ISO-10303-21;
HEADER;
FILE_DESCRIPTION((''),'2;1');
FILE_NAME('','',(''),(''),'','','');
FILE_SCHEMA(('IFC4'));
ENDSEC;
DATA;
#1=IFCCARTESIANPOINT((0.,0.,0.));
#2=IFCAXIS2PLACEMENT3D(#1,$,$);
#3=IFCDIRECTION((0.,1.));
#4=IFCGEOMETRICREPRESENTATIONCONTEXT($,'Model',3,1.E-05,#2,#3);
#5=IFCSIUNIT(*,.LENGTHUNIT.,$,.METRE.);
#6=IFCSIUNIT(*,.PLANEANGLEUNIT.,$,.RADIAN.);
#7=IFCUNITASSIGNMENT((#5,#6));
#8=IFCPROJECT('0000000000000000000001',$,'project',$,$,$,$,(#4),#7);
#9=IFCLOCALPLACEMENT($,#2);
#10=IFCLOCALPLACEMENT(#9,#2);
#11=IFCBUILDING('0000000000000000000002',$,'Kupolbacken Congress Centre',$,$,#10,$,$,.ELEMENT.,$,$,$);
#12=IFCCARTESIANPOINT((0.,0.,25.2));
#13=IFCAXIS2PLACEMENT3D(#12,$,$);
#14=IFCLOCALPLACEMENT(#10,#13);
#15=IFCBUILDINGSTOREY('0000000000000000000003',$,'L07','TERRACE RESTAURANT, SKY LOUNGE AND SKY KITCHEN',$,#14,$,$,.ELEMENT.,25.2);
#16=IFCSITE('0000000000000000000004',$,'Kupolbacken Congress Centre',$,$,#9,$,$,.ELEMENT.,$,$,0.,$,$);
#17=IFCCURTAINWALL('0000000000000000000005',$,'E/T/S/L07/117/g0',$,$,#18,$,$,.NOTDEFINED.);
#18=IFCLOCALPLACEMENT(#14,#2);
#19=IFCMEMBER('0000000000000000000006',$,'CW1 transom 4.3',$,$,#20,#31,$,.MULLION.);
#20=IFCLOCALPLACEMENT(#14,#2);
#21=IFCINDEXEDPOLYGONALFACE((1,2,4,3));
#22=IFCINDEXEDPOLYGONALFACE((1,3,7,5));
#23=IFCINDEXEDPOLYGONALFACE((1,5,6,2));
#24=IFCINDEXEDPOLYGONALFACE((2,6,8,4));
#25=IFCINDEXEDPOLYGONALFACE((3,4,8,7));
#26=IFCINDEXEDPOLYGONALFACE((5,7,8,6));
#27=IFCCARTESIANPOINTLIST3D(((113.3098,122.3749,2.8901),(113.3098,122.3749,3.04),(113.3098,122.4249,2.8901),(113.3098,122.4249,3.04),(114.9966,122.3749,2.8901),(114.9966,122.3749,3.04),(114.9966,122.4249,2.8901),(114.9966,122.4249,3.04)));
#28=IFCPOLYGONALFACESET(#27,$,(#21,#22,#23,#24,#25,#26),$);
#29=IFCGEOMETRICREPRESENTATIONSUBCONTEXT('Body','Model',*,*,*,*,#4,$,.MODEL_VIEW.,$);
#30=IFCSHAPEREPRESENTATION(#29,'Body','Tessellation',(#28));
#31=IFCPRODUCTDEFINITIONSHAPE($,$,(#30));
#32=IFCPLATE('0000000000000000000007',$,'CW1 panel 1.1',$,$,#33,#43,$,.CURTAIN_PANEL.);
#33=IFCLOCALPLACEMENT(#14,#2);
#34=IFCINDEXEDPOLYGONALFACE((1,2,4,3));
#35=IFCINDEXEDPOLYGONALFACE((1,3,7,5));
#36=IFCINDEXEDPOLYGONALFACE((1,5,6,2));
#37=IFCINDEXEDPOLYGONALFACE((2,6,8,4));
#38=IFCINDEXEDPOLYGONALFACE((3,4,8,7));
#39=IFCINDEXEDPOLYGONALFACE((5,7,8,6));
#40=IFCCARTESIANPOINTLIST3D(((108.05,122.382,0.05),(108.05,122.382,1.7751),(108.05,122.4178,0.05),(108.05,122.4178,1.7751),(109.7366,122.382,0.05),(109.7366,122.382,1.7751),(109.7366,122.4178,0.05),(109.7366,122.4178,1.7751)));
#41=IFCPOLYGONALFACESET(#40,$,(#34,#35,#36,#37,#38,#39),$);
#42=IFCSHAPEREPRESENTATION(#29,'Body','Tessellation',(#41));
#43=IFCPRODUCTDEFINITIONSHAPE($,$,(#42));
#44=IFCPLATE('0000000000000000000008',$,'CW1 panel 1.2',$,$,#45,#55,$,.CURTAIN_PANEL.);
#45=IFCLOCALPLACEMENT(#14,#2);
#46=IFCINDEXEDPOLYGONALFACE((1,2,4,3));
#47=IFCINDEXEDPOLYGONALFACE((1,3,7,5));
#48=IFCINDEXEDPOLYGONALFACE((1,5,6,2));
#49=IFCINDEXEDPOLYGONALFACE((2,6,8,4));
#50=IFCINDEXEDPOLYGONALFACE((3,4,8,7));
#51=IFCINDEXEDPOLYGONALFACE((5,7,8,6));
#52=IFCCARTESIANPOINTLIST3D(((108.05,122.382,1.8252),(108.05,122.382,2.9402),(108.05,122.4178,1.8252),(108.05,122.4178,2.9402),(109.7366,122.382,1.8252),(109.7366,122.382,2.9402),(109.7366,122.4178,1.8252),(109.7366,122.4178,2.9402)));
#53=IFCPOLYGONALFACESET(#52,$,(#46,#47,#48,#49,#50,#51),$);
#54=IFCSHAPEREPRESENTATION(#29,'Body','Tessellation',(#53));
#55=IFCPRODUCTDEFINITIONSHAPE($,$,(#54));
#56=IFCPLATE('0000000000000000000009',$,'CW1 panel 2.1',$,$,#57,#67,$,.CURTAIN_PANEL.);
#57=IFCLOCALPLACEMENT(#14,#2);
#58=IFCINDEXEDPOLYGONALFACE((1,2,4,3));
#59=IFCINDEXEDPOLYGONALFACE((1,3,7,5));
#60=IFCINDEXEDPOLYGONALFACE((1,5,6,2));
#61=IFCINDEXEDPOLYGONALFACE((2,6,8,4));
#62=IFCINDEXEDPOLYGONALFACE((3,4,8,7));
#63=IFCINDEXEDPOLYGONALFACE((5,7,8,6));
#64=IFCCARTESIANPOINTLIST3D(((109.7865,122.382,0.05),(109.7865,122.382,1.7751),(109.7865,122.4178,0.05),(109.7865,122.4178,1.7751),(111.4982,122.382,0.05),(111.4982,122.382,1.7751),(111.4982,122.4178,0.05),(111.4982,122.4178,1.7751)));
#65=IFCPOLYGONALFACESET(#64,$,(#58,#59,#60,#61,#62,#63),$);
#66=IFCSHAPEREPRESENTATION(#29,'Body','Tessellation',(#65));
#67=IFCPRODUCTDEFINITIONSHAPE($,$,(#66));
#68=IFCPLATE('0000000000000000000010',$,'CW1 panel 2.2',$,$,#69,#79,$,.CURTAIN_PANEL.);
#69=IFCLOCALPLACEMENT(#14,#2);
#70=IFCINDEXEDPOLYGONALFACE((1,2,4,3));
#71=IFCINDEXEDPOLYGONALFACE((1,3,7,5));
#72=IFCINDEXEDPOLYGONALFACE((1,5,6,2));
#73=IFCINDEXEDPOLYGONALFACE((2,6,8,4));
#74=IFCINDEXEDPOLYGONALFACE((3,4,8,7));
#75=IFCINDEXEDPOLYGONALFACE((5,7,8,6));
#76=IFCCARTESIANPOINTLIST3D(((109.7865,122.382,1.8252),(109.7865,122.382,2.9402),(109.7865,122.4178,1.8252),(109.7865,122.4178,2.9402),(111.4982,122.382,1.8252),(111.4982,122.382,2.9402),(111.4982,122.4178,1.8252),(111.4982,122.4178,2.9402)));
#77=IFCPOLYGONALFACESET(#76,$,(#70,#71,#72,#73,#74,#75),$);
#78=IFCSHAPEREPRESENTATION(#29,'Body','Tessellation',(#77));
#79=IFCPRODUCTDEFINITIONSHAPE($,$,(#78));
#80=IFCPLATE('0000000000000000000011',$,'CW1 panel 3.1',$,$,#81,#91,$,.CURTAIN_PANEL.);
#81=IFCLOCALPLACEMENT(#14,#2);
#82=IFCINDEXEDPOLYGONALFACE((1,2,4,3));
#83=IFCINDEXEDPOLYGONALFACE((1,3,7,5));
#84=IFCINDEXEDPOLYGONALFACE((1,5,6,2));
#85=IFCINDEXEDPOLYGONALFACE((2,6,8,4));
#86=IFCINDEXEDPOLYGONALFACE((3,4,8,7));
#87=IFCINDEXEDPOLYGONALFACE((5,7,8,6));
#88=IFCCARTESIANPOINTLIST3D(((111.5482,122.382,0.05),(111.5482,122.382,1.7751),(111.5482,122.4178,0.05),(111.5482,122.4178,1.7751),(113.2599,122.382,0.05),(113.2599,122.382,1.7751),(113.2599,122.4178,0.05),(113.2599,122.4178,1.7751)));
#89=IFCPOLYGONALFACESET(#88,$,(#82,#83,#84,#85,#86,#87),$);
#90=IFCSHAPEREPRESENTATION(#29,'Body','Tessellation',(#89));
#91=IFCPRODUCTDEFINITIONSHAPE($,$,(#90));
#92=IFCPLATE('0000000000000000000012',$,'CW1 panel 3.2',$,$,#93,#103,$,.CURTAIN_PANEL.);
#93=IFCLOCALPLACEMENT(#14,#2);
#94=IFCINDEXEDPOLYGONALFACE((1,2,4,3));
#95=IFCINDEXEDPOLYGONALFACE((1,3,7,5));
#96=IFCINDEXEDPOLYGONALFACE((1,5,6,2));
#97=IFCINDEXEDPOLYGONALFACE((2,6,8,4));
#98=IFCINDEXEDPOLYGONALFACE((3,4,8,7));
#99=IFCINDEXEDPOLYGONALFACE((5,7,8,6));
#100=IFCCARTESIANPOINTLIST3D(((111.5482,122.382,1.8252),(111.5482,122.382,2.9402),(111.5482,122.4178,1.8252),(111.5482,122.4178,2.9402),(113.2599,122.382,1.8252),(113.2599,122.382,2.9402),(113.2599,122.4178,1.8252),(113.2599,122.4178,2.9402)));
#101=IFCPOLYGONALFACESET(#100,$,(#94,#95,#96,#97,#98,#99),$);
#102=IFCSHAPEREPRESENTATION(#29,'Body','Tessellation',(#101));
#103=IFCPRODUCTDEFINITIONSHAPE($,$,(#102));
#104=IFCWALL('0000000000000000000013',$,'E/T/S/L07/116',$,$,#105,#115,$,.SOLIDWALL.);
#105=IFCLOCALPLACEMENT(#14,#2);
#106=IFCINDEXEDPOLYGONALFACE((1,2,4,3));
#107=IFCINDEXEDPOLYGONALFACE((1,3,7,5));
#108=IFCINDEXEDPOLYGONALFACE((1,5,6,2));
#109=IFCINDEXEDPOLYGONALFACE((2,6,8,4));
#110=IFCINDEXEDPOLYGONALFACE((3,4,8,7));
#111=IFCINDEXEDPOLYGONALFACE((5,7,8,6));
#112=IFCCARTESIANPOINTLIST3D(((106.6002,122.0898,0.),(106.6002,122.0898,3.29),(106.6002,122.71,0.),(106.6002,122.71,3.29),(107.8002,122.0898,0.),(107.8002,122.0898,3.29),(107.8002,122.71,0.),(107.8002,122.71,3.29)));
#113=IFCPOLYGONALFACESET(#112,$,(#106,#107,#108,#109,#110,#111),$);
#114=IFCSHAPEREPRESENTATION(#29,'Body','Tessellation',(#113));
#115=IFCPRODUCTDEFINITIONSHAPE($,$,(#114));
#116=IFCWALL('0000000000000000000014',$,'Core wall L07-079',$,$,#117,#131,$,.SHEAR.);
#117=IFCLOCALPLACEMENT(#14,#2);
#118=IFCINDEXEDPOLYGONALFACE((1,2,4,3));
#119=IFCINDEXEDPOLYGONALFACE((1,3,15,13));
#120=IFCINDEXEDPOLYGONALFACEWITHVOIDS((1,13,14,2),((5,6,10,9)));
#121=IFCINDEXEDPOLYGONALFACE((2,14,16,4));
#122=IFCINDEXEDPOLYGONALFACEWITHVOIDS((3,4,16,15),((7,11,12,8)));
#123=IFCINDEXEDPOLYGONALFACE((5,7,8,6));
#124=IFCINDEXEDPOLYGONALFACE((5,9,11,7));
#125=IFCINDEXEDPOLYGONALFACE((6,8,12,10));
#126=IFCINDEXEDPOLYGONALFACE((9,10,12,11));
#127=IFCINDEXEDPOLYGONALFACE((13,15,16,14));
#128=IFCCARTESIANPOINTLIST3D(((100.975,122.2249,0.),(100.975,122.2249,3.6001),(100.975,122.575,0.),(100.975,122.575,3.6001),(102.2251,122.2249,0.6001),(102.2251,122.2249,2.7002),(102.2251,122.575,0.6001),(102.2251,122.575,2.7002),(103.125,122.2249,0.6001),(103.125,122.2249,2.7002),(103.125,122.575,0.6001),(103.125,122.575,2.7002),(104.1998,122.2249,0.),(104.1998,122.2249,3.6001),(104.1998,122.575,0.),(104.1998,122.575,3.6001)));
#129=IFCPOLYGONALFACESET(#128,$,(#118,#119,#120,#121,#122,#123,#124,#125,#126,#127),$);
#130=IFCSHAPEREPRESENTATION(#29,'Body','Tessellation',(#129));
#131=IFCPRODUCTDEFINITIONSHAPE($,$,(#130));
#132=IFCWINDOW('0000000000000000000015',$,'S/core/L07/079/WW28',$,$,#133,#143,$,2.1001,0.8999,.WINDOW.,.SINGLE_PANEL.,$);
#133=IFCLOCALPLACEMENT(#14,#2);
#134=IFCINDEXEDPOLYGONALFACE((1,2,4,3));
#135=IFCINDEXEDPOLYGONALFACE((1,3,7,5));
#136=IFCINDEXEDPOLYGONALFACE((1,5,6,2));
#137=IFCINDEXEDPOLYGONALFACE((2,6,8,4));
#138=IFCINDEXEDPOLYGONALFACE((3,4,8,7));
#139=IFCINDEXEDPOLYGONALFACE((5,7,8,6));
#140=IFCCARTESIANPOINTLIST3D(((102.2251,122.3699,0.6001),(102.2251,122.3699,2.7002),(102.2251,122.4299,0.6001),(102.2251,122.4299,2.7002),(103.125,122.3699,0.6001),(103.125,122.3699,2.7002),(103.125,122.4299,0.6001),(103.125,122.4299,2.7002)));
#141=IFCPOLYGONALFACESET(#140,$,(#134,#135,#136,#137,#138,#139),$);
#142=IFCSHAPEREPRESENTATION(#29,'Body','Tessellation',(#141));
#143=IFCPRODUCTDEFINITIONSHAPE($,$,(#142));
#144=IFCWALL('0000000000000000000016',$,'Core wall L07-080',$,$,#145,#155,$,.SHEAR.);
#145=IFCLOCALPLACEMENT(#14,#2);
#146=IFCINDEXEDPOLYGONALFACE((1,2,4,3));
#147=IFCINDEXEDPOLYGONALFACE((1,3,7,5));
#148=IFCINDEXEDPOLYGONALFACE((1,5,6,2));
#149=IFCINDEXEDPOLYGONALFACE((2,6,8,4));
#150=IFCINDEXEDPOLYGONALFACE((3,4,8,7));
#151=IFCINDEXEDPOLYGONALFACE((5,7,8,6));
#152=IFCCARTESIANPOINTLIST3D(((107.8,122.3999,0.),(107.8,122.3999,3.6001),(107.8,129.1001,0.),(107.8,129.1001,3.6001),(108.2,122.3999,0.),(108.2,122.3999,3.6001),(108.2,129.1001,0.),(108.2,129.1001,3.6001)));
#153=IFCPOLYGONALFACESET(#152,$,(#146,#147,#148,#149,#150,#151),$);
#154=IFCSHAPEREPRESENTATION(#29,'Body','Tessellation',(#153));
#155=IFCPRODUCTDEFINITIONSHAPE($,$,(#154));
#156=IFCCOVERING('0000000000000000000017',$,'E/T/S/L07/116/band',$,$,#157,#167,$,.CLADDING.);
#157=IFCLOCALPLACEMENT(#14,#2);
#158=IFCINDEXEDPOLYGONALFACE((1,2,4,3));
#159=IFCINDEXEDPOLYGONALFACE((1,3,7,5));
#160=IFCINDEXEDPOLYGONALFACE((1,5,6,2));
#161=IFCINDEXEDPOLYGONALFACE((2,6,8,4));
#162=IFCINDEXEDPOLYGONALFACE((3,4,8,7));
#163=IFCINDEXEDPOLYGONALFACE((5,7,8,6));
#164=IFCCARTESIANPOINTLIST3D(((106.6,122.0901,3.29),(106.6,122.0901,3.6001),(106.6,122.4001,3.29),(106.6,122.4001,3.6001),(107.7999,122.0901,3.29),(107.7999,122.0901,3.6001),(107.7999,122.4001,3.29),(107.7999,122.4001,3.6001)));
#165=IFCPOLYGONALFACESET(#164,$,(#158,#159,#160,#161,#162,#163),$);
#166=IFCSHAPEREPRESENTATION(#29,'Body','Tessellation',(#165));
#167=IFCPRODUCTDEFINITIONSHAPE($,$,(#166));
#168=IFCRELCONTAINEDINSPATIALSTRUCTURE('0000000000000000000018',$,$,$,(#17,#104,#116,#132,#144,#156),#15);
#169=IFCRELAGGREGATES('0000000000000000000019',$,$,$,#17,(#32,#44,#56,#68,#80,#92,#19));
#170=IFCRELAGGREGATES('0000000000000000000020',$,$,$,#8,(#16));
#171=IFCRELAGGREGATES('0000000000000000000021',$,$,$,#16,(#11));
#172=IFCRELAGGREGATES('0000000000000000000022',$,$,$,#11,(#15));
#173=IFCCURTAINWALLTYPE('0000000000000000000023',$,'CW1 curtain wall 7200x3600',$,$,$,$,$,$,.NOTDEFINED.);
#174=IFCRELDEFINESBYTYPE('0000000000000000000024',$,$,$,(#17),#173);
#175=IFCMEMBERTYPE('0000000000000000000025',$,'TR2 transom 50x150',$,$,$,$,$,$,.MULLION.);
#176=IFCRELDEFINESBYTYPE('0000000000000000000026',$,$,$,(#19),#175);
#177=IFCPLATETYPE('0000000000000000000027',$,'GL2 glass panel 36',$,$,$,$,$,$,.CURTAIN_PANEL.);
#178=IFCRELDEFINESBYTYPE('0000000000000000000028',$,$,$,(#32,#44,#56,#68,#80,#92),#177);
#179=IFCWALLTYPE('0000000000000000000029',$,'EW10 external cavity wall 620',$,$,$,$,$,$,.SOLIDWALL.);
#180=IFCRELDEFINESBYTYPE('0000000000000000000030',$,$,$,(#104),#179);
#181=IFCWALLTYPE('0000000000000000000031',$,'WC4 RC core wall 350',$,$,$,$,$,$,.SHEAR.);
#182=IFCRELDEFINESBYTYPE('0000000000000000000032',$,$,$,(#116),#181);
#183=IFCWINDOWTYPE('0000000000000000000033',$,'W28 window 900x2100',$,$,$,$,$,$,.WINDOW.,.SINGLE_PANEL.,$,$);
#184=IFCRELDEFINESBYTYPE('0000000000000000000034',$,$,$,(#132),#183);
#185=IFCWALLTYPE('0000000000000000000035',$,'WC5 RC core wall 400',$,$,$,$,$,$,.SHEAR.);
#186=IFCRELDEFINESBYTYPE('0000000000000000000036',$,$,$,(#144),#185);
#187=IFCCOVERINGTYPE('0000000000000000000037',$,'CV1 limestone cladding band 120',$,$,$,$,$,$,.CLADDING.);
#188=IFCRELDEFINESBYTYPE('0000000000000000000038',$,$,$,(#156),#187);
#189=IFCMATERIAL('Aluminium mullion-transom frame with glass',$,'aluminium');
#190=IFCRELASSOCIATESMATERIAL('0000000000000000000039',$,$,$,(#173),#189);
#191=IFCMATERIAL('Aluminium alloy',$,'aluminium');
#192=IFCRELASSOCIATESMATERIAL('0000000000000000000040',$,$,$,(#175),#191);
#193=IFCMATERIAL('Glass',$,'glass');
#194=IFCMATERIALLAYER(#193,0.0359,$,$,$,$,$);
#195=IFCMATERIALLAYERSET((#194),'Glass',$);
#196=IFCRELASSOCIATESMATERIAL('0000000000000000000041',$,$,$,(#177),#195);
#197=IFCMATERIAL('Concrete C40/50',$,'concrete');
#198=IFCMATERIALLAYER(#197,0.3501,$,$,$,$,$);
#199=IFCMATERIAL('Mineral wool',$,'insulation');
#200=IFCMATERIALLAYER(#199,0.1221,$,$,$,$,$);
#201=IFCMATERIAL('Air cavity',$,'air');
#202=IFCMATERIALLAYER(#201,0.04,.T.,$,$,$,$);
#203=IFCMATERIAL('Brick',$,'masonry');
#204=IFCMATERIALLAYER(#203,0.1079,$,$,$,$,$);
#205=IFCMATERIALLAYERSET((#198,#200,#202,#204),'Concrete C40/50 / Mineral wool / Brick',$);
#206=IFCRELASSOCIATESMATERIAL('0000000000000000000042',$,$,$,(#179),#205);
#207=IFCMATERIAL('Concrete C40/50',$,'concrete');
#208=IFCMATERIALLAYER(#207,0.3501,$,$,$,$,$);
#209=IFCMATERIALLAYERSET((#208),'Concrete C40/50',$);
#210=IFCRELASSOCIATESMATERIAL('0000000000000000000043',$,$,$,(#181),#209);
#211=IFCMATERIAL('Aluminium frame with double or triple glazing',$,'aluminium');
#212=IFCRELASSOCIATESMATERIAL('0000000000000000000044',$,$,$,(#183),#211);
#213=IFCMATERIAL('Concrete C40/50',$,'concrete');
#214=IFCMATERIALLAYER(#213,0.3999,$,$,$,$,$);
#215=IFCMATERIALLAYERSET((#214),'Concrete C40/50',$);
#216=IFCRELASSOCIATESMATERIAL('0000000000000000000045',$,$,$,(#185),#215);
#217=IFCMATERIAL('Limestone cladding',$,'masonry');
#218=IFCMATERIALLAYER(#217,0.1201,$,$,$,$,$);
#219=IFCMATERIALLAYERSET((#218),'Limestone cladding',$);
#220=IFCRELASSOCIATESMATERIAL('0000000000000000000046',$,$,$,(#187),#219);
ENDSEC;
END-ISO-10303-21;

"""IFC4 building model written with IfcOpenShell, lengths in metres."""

from ifc_helpers import new_model, si_unit, direction, frame, frame_2d, origin, origin_2d, place, context, subcontext, project, spatial, rectangle, extrude, material, layer, layer_set, material_profile, profile_set, type_object, element, fill, aggregate, save


model = new_model("IFC4")

# Units and contexts
model_context = context("Model", 3, precision=1e-05, world=origin(), true_north=direction((0.0, 1.0)))
body_context = subcontext(model_context, "Body", "Model", "MODEL_VIEW")
ifc_project = project(units=[si_unit("LENGTHUNIT", "METRE"), si_unit("PLANEANGLEUNIT", "RADIAN")], contexts=[model_context])

# Site, building, storey
site_placement = place(None, origin())
site = spatial("IfcSite", under=ifc_project, at=site_placement, Name="Kupolbacken Congress Centre", CompositionType="ELEMENT", RefElevation=0.0)
building_placement = place(site_placement, origin())
building = spatial("IfcBuilding", under=site, at=building_placement, Name="Kupolbacken Congress Centre", CompositionType="ELEMENT")
storey_placement = place(building_placement, frame((0.0, 0.0, 25.2)))
storey = spatial("IfcBuildingStorey", under=building, at=storey_placement, Name="L07", Description="TERRACE RESTAURANT, SKY LOUNGE AND SKY KITCHEN", CompositionType="ELEMENT", Elevation=25.2)

# Curtain wall, member, plates
ifc_material_1 = material(Name="Aluminium mullion-transom frame with glass", Category="aluminium")
curtain_wall_type = type_object("IfcCurtainWallType", Name="CW1 curtain wall 7200x3600", PredefinedType="NOTDEFINED", material=ifc_material_1)
curtain_wall_placement = place(storey_placement, origin())
curtain_wall = element("IfcCurtainWall", 1, at=curtain_wall_placement, inside=storey, type_object=curtain_wall_type, Name="E/T/S/L07/117/g0", PredefinedType="NOTDEFINED")
ifc_material_2 = material(Name="Aluminium alloy", Category="aluminium")
ifc_material_profile_1 = material_profile(ifc_material_2, rectangle(XDim=0.05, YDim=0.1499, at=origin_2d()), Name="50 x 150")
ifc_profile_set_1 = profile_set([ifc_material_profile_1], Name="Aluminium alloy")
member_type_1 = type_object("IfcMemberType", Name="TR2 transom 50x150", PredefinedType="MULLION", material=ifc_profile_set_1)
member_1_placement = place(storey_placement, frame((113.3098, 122.3999, 2.9651), z_axis=(1.0, 0.0, 0.0), x_axis=(0.0, 1.0, 0.0)))
member_1 = element("IfcMember", 2, at=member_1_placement, type_object=member_type_1, Name="CW1 transom 4.3", PredefinedType="MULLION", context=body_context, shape_type="SweptSolid", body=[
    extrude(rectangle(XDim=0.05, YDim=0.1499, at=origin_2d()), origin(), (0.0, 0.0, 1.0), 1.6868),
])
ifc_material_3 = material(Name="Glass", Category="glass")
ifc_layer_1 = layer(ifc_material_3, 0.0359)
ifc_layer_set_1 = layer_set([ifc_layer_1], Name="Glass")
plate_type = type_object("IfcPlateType", Name="GL2 glass panel 36", PredefinedType="CURTAIN_PANEL", material=ifc_layer_set_1)
plate_1_placement = place(storey_placement, frame((108.8933, 122.3999, 0.05), z_axis=(0.0, 0.0, 1.0), x_axis=(1.0, 0.0, 0.0)))
plate_1 = element("IfcPlate", 3, at=plate_1_placement, type_object=plate_type, Name="CW1 panel 1.1", PredefinedType="CURTAIN_PANEL", context=body_context, shape_type="SweptSolid", body=[
    extrude(rectangle(XDim=1.6865, YDim=0.0359, at=origin_2d()), origin(), (0.0, 0.0, 1.0), 1.7251),
])
plate_2_placement = place(storey_placement, frame((108.8933, 122.3999, 1.8252), z_axis=(0.0, 0.0, 1.0), x_axis=(1.0, 0.0, 0.0)))
plate_2 = element("IfcPlate", 4, at=plate_2_placement, type_object=plate_type, Name="CW1 panel 1.2", PredefinedType="CURTAIN_PANEL", context=body_context, shape_type="SweptSolid", body=[
    extrude(rectangle(XDim=1.6865, YDim=0.0359, at=origin_2d()), origin(), (0.0, 0.0, 1.0), 1.115),
])
plate_3_placement = place(storey_placement, frame((110.6423, 122.3999, 0.05), z_axis=(0.0, 0.0, 1.0), x_axis=(1.0, 0.0, 0.0)))
plate_3 = element("IfcPlate", 5, at=plate_3_placement, type_object=plate_type, Name="CW1 panel 2.1", PredefinedType="CURTAIN_PANEL", context=body_context, shape_type="SweptSolid", body=[
    extrude(rectangle(XDim=1.7117, YDim=0.0359, at=origin_2d()), origin(), (0.0, 0.0, 1.0), 1.7251),
])
plate_4_placement = place(storey_placement, frame((110.6423, 122.3999, 1.8252), z_axis=(0.0, 0.0, 1.0), x_axis=(1.0, 0.0, 0.0)))
plate_4 = element("IfcPlate", 6, at=plate_4_placement, type_object=plate_type, Name="CW1 panel 2.2", PredefinedType="CURTAIN_PANEL", context=body_context, shape_type="SweptSolid", body=[
    extrude(rectangle(XDim=1.7117, YDim=0.0359, at=origin_2d()), origin(), (0.0, 0.0, 1.0), 1.115),
])
plate_5_placement = place(storey_placement, frame((112.4041, 122.3999, 0.05), z_axis=(0.0, 0.0, 1.0), x_axis=(1.0, 0.0, 0.0)))
plate_5 = element("IfcPlate", 7, at=plate_5_placement, type_object=plate_type, Name="CW1 panel 3.1", PredefinedType="CURTAIN_PANEL", context=body_context, shape_type="SweptSolid", body=[
    extrude(rectangle(XDim=1.7117, YDim=0.0359, at=origin_2d()), origin(), (0.0, 0.0, 1.0), 1.7251),
])
plate_6_placement = place(storey_placement, frame((112.4041, 122.3999, 1.8252), z_axis=(0.0, 0.0, 1.0), x_axis=(1.0, 0.0, 0.0)))
plate_6 = element("IfcPlate", 8, at=plate_6_placement, type_object=plate_type, Name="CW1 panel 3.2", PredefinedType="CURTAIN_PANEL", context=body_context, shape_type="SweptSolid", body=[
    extrude(rectangle(XDim=1.7117, YDim=0.0359, at=origin_2d()), origin(), (0.0, 0.0, 1.0), 1.115),
])
aggregate(curtain_wall, [plate_1, plate_2, plate_3, plate_4, plate_5, plate_6, member_1])

# Wall
ifc_material_4 = material(Name="Concrete C40/50", Category="concrete")
ifc_layer_2 = layer(ifc_material_4, 0.3501)
ifc_material_5 = material(Name="Mineral wool", Category="insulation")
ifc_layer_3 = layer(ifc_material_5, 0.1221)
ifc_material_6 = material(Name="Air cavity", Category="air")
ifc_layer_4 = layer(ifc_material_6, 0.04, ventilated=True)
ifc_material_7 = material(Name="Brick", Category="masonry")
ifc_layer_5 = layer(ifc_material_7, 0.1079)
ifc_layer_set_2 = layer_set([ifc_layer_2, ifc_layer_3, ifc_layer_4, ifc_layer_5], Name="Concrete C40/50 / Mineral wool / Brick")
wall_type_1 = type_object("IfcWallType", Name="EW10 external cavity wall 620", PredefinedType="SOLIDWALL", material=ifc_layer_set_2)
wall_1_placement = place(storey_placement, frame((106.6001, 122.3999, 0.0), z_axis=(0.0, 0.0, 1.0), x_axis=(1.0, 0.0, 0.0)))
element("IfcWall", 9, at=wall_1_placement, inside=storey, type_object=wall_type_1, Name="E/T/S/L07/116", PredefinedType="SOLIDWALL", context=body_context, shape_type="SweptSolid", body=[
    extrude(rectangle(XDim=1.2, YDim=0.6201, at=frame_2d((0.6001, 0.0))), origin(), (0.0, 0.0, 1.0), 3.29),
])

# Wall, opening, window
ifc_material_8 = material(Name="Concrete C40/50", Category="concrete")
ifc_layer_6 = layer(ifc_material_8, 0.3501)
ifc_layer_set_3 = layer_set([ifc_layer_6], Name="Concrete C40/50")
wall_type_2 = type_object("IfcWallType", Name="WC4 RC core wall 350", PredefinedType="SHEAR", material=ifc_layer_set_3)
wall_2_placement = place(storey_placement, frame((100.9751, 122.3999, 0.0), z_axis=(0.0, 0.0, 1.0), x_axis=(1.0, 0.0, 0.0)))
wall_2 = element("IfcWall", 10, at=wall_2_placement, inside=storey, type_object=wall_type_2, Name="Core wall L07-079", PredefinedType="SHEAR", context=body_context, shape_type="SweptSolid", body=[
    extrude(rectangle(XDim=3.2249, YDim=0.3501, at=frame_2d((1.6123, 0.0))), origin(), (0.0, 0.0, 1.0), 3.6001),
])
opening_placement = place(wall_2_placement, frame((1.25, 0.0, 0.6001)))
opening = element("IfcOpeningElement", 11, at=opening_placement, cuts=wall_2, PredefinedType="OPENING", context=body_context, shape_type="SweptSolid", body=[
    extrude(rectangle(XDim=0.8999, YDim=2.1001, at=frame_2d((0.45, 1.05))), frame((0.0, 0.1851, 0.0), z_axis=(0.0, -1.0, 0.0), x_axis=(1.0, 0.0, 0.0)), (0.0, 0.0, 1.0), 0.3701),
])
ifc_material_9 = material(Name="Aluminium frame with double or triple glazing", Category="aluminium")
window_type = type_object("IfcWindowType", Name="W28 window 900x2100", PartitioningType="SINGLE_PANEL", PredefinedType="WINDOW", material=ifc_material_9)
window_placement = place(opening_placement, origin())
window = element("IfcWindow", 12, at=window_placement, inside=storey, type_object=window_type, Name="S/core/L07/079/WW28", OverallHeight=2.1001, OverallWidth=0.8999, PartitioningType="SINGLE_PANEL", PredefinedType="WINDOW", context=body_context, shape_type="SweptSolid", body=[
    extrude(rectangle(XDim=0.8999, YDim=2.1001, at=frame_2d((0.45, 1.05))), frame((0.0, 0.03, 0.0), z_axis=(0.0, -1.0, 0.0), x_axis=(1.0, 0.0, 0.0)), (0.0, 0.0, 1.0), 0.0601),
])
fill(opening, window)

# Wall
ifc_material_10 = material(Name="Concrete C40/50", Category="concrete")
ifc_layer_7 = layer(ifc_material_10, 0.3999)
ifc_layer_set_4 = layer_set([ifc_layer_7], Name="Concrete C40/50")
wall_type_3 = type_object("IfcWallType", Name="WC5 RC core wall 400", PredefinedType="SHEAR", material=ifc_layer_set_4)
wall_3_placement = place(storey_placement, frame((108.0, 122.3999, 0.0), z_axis=(0.0, 0.0, 1.0), x_axis=(0.0, 1.0, 0.0)))
element("IfcWall", 13, at=wall_3_placement, inside=storey, type_object=wall_type_3, Name="Core wall L07-080", PredefinedType="SHEAR", context=body_context, shape_type="SweptSolid", body=[
    extrude(rectangle(XDim=6.7002, YDim=0.3999, at=frame_2d((3.3501, 0.0))), origin(), (0.0, 0.0, 1.0), 3.6001),
])

# Covering
ifc_material_11 = material(Name="Limestone cladding", Category="masonry")
ifc_layer_8 = layer(ifc_material_11, 0.1201)
ifc_layer_set_5 = layer_set([ifc_layer_8], Name="Limestone cladding")
covering_type_1 = type_object("IfcCoveringType", Name="CV1 limestone cladding band 120", PredefinedType="CLADDING", material=ifc_layer_set_5)
covering_1_placement = place(storey_placement, frame((107.2, 122.2451, 3.29), z_axis=(0.0, 0.0, 1.0), x_axis=(1.0, 0.0, 0.0)))
element("IfcCovering", 14, at=covering_1_placement, inside=storey, type_object=covering_type_1, Name="E/T/S/L07/116/band", PredefinedType="CLADDING", context=body_context, shape_type="SweptSolid", body=[
    extrude(rectangle(XDim=1.2, YDim=0.3101, at=origin_2d()), origin(), (0.0, 0.0, 1.0), 0.3101),
])

save(model, "model.ifc")
